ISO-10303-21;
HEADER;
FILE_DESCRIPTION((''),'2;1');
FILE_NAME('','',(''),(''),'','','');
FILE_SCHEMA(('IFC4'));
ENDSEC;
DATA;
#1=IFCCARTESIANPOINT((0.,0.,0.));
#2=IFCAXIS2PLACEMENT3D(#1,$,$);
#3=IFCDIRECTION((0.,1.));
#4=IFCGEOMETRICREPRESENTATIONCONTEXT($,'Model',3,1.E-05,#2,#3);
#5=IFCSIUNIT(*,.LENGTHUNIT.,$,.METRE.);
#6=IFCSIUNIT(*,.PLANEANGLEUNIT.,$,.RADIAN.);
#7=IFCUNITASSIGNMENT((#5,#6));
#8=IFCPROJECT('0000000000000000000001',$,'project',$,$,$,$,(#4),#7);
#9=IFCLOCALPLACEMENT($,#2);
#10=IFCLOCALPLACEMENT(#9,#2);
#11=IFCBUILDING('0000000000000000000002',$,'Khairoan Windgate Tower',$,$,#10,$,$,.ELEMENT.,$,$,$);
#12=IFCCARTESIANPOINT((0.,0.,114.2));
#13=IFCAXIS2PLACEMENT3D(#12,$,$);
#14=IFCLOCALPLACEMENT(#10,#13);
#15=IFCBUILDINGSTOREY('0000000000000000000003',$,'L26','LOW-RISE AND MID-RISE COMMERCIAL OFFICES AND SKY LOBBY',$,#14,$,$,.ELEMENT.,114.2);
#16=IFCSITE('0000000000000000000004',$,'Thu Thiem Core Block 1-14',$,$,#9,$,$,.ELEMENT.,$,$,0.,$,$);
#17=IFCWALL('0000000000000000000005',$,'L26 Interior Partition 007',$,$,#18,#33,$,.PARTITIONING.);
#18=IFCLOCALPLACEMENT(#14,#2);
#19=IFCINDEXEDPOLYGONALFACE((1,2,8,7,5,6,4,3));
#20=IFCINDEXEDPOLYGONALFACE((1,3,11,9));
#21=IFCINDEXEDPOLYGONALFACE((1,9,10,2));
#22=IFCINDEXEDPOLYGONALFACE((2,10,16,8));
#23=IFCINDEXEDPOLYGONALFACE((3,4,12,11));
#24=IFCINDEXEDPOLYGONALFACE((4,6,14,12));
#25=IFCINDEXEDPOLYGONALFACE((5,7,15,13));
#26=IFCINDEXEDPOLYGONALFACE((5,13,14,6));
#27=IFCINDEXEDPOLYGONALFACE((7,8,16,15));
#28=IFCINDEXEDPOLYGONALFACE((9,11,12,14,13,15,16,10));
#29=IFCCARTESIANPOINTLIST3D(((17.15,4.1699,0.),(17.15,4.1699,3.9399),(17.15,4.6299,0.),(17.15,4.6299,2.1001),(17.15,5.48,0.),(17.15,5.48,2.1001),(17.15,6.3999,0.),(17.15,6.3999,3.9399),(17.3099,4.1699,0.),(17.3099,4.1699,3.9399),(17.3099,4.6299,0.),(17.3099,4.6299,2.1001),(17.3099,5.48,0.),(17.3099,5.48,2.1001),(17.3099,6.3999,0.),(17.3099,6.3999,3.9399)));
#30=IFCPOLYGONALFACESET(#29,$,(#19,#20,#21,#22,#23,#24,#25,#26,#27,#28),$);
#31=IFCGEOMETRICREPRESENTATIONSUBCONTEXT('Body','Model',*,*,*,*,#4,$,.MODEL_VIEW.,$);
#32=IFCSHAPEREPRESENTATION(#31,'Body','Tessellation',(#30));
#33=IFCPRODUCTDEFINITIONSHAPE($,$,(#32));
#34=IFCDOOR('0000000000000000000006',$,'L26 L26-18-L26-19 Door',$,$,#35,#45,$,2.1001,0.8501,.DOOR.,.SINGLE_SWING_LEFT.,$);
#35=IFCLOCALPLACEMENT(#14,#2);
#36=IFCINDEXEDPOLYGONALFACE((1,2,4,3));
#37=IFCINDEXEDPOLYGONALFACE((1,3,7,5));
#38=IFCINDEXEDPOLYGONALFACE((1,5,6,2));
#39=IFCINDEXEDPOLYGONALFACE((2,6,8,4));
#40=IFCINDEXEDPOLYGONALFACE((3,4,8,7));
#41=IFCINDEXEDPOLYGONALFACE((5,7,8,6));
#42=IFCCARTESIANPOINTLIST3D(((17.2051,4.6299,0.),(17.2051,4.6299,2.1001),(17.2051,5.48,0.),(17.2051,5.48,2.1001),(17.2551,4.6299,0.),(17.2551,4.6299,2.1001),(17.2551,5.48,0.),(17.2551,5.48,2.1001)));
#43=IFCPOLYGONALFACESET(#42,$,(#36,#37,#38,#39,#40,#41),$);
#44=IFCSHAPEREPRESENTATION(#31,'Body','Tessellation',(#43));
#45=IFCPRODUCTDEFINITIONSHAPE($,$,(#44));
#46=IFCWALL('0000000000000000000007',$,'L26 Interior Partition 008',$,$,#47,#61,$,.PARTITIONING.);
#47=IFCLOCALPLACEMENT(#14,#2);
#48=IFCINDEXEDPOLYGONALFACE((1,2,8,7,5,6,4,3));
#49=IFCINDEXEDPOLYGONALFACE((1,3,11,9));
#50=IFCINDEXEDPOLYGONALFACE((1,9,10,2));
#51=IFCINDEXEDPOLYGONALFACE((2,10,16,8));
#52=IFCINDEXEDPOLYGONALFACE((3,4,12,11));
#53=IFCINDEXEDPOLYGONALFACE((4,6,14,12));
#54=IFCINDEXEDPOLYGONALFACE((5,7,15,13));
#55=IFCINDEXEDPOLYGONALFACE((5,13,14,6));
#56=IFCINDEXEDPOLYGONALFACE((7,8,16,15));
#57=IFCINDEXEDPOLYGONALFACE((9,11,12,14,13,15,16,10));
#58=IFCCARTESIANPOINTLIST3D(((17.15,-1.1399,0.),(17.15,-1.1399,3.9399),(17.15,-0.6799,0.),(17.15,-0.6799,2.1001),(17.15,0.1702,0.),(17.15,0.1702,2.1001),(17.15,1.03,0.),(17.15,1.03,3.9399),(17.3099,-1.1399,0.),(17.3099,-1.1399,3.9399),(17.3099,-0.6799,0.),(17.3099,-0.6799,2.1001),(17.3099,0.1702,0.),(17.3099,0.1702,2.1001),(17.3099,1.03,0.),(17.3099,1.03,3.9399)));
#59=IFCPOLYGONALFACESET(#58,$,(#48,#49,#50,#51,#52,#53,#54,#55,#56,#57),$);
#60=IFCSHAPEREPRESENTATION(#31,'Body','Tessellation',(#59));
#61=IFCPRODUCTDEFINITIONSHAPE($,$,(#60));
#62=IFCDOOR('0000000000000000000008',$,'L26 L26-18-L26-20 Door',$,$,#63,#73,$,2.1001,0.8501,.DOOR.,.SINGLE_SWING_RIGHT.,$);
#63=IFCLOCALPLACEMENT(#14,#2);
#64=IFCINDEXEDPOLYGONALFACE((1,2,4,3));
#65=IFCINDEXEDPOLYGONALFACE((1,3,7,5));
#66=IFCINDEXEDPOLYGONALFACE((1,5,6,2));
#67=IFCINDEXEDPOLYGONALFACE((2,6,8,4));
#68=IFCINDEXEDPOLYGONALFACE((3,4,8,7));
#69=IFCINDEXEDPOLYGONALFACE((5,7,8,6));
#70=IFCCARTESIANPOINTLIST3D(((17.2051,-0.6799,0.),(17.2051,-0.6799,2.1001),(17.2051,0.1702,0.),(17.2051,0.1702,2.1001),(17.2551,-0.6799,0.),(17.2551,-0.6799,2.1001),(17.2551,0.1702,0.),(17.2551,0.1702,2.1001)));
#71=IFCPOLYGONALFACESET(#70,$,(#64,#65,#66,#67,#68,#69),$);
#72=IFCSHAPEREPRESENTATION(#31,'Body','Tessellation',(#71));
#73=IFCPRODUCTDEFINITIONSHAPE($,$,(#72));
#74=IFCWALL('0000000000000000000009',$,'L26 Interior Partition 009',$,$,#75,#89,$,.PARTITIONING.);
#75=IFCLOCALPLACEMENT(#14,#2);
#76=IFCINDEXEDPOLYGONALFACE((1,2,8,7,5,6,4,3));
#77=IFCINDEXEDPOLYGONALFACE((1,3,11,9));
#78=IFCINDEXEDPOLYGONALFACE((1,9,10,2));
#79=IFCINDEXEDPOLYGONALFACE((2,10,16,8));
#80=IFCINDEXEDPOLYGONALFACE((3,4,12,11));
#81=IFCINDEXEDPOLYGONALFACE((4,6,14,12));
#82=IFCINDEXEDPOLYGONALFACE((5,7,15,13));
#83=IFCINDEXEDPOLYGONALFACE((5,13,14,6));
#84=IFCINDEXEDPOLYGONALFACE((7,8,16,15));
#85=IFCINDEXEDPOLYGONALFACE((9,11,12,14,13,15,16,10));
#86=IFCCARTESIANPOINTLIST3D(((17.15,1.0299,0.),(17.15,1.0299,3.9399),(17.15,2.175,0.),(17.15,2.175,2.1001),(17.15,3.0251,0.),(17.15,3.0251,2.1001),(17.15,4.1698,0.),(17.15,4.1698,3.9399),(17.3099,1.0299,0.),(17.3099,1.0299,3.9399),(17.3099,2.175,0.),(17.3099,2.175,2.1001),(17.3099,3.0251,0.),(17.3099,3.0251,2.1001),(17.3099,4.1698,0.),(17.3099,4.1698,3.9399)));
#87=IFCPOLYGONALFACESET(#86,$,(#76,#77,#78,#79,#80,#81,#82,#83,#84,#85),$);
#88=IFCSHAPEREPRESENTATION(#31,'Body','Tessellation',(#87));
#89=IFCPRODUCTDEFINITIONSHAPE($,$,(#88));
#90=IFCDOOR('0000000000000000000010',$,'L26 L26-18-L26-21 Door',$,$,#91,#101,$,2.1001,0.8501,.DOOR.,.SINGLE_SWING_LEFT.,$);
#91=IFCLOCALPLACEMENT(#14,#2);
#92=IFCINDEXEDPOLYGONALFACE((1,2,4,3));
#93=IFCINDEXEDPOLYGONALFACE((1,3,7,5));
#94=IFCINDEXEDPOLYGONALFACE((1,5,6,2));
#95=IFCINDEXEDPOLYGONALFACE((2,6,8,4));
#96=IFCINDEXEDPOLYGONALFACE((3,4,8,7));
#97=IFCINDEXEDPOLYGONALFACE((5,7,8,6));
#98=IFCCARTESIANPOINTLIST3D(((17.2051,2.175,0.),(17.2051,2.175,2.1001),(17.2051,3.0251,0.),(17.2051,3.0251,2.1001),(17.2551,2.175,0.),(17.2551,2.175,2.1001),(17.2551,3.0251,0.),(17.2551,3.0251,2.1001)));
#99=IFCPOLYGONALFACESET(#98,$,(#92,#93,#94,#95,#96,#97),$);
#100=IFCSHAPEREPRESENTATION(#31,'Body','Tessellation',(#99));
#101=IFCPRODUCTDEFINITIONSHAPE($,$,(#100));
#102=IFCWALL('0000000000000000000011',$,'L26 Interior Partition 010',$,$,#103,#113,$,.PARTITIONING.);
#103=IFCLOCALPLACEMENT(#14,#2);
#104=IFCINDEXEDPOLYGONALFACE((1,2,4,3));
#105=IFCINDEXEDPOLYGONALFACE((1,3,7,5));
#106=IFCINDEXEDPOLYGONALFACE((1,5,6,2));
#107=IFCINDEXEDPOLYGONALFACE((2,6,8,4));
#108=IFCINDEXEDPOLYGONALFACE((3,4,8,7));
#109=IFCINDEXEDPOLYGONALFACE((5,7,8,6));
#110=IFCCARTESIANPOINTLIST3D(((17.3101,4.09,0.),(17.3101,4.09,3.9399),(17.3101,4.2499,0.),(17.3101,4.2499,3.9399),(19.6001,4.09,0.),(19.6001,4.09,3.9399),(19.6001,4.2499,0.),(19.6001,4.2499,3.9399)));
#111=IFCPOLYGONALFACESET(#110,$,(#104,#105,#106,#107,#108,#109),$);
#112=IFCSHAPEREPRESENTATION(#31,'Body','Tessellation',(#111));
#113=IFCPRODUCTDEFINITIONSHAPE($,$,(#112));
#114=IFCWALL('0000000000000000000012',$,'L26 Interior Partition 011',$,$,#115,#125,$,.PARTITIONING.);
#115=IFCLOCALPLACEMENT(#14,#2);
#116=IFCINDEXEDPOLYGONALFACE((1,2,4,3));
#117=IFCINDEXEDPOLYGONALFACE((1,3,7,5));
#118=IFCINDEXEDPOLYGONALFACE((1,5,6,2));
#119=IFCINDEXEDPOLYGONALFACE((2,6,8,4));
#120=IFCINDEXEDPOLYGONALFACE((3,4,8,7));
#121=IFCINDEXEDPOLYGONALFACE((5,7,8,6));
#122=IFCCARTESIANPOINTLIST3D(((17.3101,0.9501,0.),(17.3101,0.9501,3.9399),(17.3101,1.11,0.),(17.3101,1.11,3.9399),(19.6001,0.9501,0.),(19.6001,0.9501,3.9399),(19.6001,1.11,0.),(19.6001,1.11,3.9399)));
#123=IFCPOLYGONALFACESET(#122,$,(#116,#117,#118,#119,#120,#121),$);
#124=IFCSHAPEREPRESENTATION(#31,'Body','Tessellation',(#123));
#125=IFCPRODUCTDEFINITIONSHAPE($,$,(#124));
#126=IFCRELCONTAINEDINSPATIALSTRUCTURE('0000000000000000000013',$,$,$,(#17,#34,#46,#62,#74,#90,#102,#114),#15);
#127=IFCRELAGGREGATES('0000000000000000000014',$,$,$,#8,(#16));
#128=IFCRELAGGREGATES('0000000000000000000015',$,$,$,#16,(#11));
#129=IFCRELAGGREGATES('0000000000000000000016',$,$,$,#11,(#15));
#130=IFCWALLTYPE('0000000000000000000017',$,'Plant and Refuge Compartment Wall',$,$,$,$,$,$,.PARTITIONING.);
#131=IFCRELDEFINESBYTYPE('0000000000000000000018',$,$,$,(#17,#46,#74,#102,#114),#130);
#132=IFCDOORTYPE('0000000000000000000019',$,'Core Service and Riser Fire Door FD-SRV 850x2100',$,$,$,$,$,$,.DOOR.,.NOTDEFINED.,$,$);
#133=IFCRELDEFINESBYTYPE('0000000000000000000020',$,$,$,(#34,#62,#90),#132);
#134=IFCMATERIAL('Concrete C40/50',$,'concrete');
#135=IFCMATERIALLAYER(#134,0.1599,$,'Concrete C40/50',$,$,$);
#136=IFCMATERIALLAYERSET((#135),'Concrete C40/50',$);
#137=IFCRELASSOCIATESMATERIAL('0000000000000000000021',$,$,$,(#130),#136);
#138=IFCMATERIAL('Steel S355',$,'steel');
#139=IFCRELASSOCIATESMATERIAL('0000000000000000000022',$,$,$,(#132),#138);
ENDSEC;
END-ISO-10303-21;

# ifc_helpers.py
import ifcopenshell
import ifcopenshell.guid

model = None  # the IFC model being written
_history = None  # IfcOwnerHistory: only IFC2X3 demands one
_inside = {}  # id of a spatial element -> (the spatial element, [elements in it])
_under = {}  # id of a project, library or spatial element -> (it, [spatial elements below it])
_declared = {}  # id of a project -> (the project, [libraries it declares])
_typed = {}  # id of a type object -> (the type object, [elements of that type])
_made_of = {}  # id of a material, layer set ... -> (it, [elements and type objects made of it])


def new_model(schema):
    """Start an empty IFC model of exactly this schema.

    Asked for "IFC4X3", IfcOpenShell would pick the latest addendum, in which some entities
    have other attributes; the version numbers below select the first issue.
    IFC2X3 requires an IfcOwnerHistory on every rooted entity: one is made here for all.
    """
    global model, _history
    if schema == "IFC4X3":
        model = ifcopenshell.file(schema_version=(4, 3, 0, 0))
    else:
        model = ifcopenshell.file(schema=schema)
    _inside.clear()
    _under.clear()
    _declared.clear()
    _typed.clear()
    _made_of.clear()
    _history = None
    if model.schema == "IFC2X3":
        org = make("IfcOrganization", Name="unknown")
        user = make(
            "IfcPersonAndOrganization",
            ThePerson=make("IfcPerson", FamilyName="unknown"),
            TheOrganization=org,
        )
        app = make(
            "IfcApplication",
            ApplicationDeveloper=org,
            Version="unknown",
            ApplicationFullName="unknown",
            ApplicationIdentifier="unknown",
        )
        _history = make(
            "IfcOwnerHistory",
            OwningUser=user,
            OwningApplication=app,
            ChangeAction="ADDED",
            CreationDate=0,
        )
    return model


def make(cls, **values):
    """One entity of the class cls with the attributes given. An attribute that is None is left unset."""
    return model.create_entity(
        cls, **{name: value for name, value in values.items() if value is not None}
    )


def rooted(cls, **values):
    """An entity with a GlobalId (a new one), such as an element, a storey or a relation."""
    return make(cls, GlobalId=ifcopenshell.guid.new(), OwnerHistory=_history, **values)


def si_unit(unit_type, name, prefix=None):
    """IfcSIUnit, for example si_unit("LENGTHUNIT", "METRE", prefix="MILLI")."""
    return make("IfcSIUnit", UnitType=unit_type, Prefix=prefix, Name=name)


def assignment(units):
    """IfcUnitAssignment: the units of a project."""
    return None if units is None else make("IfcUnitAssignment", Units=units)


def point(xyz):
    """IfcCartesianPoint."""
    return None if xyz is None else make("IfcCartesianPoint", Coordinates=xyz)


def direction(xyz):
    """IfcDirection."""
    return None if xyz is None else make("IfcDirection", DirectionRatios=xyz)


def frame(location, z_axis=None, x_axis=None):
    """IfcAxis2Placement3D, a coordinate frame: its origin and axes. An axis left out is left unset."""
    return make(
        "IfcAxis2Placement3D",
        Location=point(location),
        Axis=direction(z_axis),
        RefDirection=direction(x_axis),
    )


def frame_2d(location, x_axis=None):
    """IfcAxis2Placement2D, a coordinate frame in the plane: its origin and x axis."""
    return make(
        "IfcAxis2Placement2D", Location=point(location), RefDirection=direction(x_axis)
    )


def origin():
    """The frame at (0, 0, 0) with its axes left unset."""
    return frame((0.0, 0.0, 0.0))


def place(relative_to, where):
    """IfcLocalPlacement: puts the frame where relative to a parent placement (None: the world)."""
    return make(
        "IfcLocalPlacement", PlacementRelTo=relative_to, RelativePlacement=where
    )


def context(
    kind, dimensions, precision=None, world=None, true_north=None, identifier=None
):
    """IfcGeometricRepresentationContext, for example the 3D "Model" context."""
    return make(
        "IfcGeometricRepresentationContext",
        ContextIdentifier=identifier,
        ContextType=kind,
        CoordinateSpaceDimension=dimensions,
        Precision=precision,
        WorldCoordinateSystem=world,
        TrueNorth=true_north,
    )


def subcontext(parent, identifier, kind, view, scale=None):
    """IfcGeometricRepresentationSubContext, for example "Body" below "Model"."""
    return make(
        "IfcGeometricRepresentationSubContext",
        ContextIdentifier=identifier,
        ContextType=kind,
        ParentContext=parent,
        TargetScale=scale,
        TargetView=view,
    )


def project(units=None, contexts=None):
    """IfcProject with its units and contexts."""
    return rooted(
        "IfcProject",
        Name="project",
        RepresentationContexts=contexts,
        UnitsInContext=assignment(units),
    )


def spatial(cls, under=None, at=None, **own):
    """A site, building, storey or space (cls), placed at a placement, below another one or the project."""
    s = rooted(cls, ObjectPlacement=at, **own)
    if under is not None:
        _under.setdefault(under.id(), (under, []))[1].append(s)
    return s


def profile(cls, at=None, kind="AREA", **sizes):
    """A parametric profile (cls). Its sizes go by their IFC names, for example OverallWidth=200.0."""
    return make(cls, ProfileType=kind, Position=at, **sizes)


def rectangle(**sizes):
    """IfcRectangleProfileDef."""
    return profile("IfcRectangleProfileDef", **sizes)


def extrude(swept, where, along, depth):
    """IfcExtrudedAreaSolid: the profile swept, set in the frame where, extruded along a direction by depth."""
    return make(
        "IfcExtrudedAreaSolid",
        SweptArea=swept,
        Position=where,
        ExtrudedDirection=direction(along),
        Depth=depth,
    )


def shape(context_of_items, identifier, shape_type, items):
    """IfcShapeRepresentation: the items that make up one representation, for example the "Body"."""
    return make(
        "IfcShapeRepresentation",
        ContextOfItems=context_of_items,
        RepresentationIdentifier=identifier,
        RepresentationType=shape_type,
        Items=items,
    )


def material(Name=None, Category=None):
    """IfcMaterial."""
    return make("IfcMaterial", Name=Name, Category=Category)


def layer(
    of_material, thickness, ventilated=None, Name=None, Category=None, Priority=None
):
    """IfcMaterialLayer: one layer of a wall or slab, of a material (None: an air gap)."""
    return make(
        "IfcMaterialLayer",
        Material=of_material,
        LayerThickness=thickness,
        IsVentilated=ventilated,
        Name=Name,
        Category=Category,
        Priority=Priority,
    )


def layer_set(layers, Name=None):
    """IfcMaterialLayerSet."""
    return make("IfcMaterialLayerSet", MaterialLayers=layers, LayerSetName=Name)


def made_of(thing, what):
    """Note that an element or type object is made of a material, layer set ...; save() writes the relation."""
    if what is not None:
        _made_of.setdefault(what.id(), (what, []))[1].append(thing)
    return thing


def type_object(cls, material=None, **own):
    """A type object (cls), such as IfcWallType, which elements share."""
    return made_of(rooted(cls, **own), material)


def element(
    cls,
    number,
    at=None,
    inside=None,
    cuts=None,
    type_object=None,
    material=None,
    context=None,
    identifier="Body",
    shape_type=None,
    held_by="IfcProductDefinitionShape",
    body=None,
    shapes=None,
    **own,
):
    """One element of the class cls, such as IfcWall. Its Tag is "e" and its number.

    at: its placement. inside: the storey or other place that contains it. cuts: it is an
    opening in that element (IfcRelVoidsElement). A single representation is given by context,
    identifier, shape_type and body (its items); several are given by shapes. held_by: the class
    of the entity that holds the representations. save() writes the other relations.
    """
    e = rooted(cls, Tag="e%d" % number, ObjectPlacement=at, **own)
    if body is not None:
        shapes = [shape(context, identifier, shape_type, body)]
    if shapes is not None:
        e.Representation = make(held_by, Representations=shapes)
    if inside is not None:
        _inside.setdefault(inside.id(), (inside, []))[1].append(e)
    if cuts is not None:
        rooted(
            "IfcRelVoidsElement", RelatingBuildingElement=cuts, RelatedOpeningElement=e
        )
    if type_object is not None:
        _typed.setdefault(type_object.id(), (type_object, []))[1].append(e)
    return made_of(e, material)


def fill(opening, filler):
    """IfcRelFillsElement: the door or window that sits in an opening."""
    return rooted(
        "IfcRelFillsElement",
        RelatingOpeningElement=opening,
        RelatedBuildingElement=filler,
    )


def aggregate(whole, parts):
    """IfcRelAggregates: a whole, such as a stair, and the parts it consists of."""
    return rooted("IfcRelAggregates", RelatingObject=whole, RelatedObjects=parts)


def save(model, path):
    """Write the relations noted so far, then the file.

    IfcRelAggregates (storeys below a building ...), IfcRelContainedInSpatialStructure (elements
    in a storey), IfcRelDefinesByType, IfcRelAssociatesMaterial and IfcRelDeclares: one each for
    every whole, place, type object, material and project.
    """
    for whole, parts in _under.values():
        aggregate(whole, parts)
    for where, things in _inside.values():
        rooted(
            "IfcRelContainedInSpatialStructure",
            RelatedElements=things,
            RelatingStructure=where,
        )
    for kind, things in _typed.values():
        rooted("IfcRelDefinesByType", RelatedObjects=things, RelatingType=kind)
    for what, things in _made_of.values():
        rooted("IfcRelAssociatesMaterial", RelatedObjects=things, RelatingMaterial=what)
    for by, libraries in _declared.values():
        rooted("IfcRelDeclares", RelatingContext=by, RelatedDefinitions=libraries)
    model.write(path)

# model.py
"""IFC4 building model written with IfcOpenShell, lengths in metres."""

from ifc_helpers import new_model, si_unit, direction, frame, frame_2d, origin, place, context, subcontext, project, spatial, rectangle, extrude, material, layer, layer_set, type_object, element, fill, save


model = new_model("IFC4")

# Units and contexts
model_context = context("Model", 3, precision=1e-05, world=origin(), true_north=direction((0.0, 1.0)))
body_context = subcontext(model_context, "Body", "Model", "MODEL_VIEW")
ifc_project = project(units=[si_unit("LENGTHUNIT", "METRE"), si_unit("PLANEANGLEUNIT", "RADIAN")], contexts=[model_context])

# Site, building, storey
site_placement = place(None, origin())
site = spatial("IfcSite", under=ifc_project, at=site_placement, Name="Thu Thiem Core Block 1-14", CompositionType="ELEMENT", RefElevation=0.0)
building_placement = place(site_placement, origin())
building = spatial("IfcBuilding", under=site, at=building_placement, Name="Khairoan Windgate Tower", CompositionType="ELEMENT")
storey_placement = place(building_placement, frame((0.0, 0.0, 114.2)))
storey = spatial("IfcBuildingStorey", under=building, at=storey_placement, Name="L26", Description="LOW-RISE AND MID-RISE COMMERCIAL OFFICES AND SKY LOBBY", CompositionType="ELEMENT", Elevation=114.2)

# Walls, openings, doors
ifc_material_1 = material(Name="Concrete C40/50", Category="concrete")
ifc_layer_1 = layer(ifc_material_1, 0.1599, Name="Concrete C40/50")
ifc_layer_set_1 = layer_set([ifc_layer_1], Name="Concrete C40/50")
wall_type_1 = type_object("IfcWallType", Name="Plant and Refuge Compartment Wall", PredefinedType="PARTITIONING", material=ifc_layer_set_1)
wall_1_placement = place(storey_placement, frame((17.23, 4.1699, 0.0), z_axis=(0.0, 0.0, 1.0), x_axis=(0.0, 1.0, 0.0)))
wall_1 = element("IfcWall", 1, at=wall_1_placement, inside=storey, type_object=wall_type_1, Name="L26 Interior Partition 007", PredefinedType="PARTITIONING", context=body_context, shape_type="SweptSolid", body=[
    extrude(rectangle(XDim=2.23, YDim=0.1599, at=frame_2d((1.115, 0.0))), origin(), (0.0, 0.0, 1.0), 3.9399),
])
opening_1_placement = place(wall_1_placement, frame((0.46, 0.0, 0.0)))
opening_1 = element("IfcOpeningElement", 2, at=opening_1_placement, cuts=wall_1, PredefinedType="OPENING", context=body_context, shape_type="SweptSolid", body=[
    extrude(rectangle(XDim=0.8501, YDim=2.1001, at=frame_2d((0.425, 1.05))), frame((0.0, 0.0898, 0.0), z_axis=(0.0, -1.0, 0.0), x_axis=(1.0, 0.0, 0.0)), (0.0, 0.0, 1.0), 0.1799),
])
ifc_material_2 = material(Name="Steel S355", Category="steel")
door_type = type_object("IfcDoorType", Name="Core Service and Riser Fire Door FD-SRV 850x2100", OperationType="NOTDEFINED", PredefinedType="DOOR", material=ifc_material_2)
door_1_placement = place(opening_1_placement, origin())
door_1 = element("IfcDoor", 3, at=door_1_placement, inside=storey, type_object=door_type, Name="L26 L26-18-L26-19 Door", OperationType="SINGLE_SWING_LEFT", OverallHeight=2.1001, OverallWidth=0.8501, PredefinedType="DOOR", context=body_context, shape_type="SweptSolid", body=[
    extrude(rectangle(XDim=0.8501, YDim=2.1001, at=frame_2d((0.425, 1.05))), frame((0.0, 0.0249, 0.0), z_axis=(0.0, -1.0, 0.0), x_axis=(1.0, 0.0, 0.0)), (0.0, 0.0, 1.0), 0.05),
])
fill(opening_1, door_1)
wall_2_placement = place(storey_placement, frame((17.23, -1.1399, 0.0), z_axis=(0.0, 0.0, 1.0), x_axis=(0.0, 1.0, 0.0)))
wall_2 = element("IfcWall", 4, at=wall_2_placement, inside=storey, type_object=wall_type_1, Name="L26 Interior Partition 008", PredefinedType="PARTITIONING", context=body_context, shape_type="SweptSolid", body=[
    extrude(rectangle(XDim=2.1699, YDim=0.1599, at=frame_2d((1.085, 0.0))), origin(), (0.0, 0.0, 1.0), 3.9399),
])
opening_2_placement = place(wall_2_placement, frame((0.46, 0.0, 0.0)))
opening_2 = element("IfcOpeningElement", 5, at=opening_2_placement, cuts=wall_2, PredefinedType="OPENING", context=body_context, shape_type="SweptSolid", body=[
    extrude(rectangle(XDim=0.8501, YDim=2.1001, at=frame_2d((0.425, 1.05))), frame((0.0, 0.0898, 0.0), z_axis=(0.0, -1.0, 0.0), x_axis=(1.0, 0.0, 0.0)), (0.0, 0.0, 1.0), 0.1799),
])
door_2_placement = place(opening_2_placement, origin())
door_2 = element("IfcDoor", 6, at=door_2_placement, inside=storey, type_object=door_type, Name="L26 L26-18-L26-20 Door", OperationType="SINGLE_SWING_RIGHT", OverallHeight=2.1001, OverallWidth=0.8501, PredefinedType="DOOR", context=body_context, shape_type="SweptSolid", body=[
    extrude(rectangle(XDim=0.8501, YDim=2.1001, at=frame_2d((0.425, 1.05))), frame((0.0, 0.0249, 0.0), z_axis=(0.0, -1.0, 0.0), x_axis=(1.0, 0.0, 0.0)), (0.0, 0.0, 1.0), 0.05),
])
fill(opening_2, door_2)
wall_3_placement = place(storey_placement, frame((17.23, 1.03, 0.0), z_axis=(0.0, 0.0, 1.0), x_axis=(0.0, 1.0, 0.0)))
wall_3 = element("IfcWall", 7, at=wall_3_placement, inside=storey, type_object=wall_type_1, Name="L26 Interior Partition 009", PredefinedType="PARTITIONING", context=body_context, shape_type="SweptSolid", body=[
    extrude(rectangle(XDim=3.1399, YDim=0.1599, at=frame_2d((1.5698, 0.0))), origin(), (0.0, 0.0, 1.0), 3.9399),
])
opening_3_placement = place(wall_3_placement, frame((1.145, 0.0, 0.0)))
opening_3 = element("IfcOpeningElement", 8, at=opening_3_placement, cuts=wall_3, PredefinedType="OPENING", context=body_context, shape_type="SweptSolid", body=[
    extrude(rectangle(XDim=0.8501, YDim=2.1001, at=frame_2d((0.425, 1.05))), frame((0.0, 0.0898, 0.0), z_axis=(0.0, -1.0, 0.0), x_axis=(1.0, 0.0, 0.0)), (0.0, 0.0, 1.0), 0.1799),
])
door_3_placement = place(opening_3_placement, origin())
door_3 = element("IfcDoor", 9, at=door_3_placement, inside=storey, type_object=door_type, Name="L26 L26-18-L26-21 Door", OperationType="SINGLE_SWING_LEFT", OverallHeight=2.1001, OverallWidth=0.8501, PredefinedType="DOOR", context=body_context, shape_type="SweptSolid", body=[
    extrude(rectangle(XDim=0.8501, YDim=2.1001, at=frame_2d((0.425, 1.05))), frame((0.0, 0.0249, 0.0), z_axis=(0.0, -1.0, 0.0), x_axis=(1.0, 0.0, 0.0)), (0.0, 0.0, 1.0), 0.05),
])
fill(opening_3, door_3)

# Walls
for number, where, z_axis, x_axis, name in (
    (10, (17.3101, 4.1699, 0.0), (0.0, 0.0, 1.0), (1.0, 0.0, 0.0), "L26 Interior Partition 010"),
    (11, (17.3101, 1.03, 0.0), (0.0, 0.0, 1.0), (1.0, 0.0, 0.0), "L26 Interior Partition 011"),
):
    element("IfcWall", number, at=place(storey_placement, frame(where, z_axis=z_axis, x_axis=x_axis)), inside=storey, type_object=wall_type_1, Name=name, PredefinedType="PARTITIONING", context=body_context, shape_type="SweptSolid", body=[
        extrude(rectangle(XDim=2.29, YDim=0.1599, at=frame_2d((1.145, 0.0))), origin(), (0.0, 0.0, 1.0), 3.9399),
    ])

save(model, "model.ifc")
